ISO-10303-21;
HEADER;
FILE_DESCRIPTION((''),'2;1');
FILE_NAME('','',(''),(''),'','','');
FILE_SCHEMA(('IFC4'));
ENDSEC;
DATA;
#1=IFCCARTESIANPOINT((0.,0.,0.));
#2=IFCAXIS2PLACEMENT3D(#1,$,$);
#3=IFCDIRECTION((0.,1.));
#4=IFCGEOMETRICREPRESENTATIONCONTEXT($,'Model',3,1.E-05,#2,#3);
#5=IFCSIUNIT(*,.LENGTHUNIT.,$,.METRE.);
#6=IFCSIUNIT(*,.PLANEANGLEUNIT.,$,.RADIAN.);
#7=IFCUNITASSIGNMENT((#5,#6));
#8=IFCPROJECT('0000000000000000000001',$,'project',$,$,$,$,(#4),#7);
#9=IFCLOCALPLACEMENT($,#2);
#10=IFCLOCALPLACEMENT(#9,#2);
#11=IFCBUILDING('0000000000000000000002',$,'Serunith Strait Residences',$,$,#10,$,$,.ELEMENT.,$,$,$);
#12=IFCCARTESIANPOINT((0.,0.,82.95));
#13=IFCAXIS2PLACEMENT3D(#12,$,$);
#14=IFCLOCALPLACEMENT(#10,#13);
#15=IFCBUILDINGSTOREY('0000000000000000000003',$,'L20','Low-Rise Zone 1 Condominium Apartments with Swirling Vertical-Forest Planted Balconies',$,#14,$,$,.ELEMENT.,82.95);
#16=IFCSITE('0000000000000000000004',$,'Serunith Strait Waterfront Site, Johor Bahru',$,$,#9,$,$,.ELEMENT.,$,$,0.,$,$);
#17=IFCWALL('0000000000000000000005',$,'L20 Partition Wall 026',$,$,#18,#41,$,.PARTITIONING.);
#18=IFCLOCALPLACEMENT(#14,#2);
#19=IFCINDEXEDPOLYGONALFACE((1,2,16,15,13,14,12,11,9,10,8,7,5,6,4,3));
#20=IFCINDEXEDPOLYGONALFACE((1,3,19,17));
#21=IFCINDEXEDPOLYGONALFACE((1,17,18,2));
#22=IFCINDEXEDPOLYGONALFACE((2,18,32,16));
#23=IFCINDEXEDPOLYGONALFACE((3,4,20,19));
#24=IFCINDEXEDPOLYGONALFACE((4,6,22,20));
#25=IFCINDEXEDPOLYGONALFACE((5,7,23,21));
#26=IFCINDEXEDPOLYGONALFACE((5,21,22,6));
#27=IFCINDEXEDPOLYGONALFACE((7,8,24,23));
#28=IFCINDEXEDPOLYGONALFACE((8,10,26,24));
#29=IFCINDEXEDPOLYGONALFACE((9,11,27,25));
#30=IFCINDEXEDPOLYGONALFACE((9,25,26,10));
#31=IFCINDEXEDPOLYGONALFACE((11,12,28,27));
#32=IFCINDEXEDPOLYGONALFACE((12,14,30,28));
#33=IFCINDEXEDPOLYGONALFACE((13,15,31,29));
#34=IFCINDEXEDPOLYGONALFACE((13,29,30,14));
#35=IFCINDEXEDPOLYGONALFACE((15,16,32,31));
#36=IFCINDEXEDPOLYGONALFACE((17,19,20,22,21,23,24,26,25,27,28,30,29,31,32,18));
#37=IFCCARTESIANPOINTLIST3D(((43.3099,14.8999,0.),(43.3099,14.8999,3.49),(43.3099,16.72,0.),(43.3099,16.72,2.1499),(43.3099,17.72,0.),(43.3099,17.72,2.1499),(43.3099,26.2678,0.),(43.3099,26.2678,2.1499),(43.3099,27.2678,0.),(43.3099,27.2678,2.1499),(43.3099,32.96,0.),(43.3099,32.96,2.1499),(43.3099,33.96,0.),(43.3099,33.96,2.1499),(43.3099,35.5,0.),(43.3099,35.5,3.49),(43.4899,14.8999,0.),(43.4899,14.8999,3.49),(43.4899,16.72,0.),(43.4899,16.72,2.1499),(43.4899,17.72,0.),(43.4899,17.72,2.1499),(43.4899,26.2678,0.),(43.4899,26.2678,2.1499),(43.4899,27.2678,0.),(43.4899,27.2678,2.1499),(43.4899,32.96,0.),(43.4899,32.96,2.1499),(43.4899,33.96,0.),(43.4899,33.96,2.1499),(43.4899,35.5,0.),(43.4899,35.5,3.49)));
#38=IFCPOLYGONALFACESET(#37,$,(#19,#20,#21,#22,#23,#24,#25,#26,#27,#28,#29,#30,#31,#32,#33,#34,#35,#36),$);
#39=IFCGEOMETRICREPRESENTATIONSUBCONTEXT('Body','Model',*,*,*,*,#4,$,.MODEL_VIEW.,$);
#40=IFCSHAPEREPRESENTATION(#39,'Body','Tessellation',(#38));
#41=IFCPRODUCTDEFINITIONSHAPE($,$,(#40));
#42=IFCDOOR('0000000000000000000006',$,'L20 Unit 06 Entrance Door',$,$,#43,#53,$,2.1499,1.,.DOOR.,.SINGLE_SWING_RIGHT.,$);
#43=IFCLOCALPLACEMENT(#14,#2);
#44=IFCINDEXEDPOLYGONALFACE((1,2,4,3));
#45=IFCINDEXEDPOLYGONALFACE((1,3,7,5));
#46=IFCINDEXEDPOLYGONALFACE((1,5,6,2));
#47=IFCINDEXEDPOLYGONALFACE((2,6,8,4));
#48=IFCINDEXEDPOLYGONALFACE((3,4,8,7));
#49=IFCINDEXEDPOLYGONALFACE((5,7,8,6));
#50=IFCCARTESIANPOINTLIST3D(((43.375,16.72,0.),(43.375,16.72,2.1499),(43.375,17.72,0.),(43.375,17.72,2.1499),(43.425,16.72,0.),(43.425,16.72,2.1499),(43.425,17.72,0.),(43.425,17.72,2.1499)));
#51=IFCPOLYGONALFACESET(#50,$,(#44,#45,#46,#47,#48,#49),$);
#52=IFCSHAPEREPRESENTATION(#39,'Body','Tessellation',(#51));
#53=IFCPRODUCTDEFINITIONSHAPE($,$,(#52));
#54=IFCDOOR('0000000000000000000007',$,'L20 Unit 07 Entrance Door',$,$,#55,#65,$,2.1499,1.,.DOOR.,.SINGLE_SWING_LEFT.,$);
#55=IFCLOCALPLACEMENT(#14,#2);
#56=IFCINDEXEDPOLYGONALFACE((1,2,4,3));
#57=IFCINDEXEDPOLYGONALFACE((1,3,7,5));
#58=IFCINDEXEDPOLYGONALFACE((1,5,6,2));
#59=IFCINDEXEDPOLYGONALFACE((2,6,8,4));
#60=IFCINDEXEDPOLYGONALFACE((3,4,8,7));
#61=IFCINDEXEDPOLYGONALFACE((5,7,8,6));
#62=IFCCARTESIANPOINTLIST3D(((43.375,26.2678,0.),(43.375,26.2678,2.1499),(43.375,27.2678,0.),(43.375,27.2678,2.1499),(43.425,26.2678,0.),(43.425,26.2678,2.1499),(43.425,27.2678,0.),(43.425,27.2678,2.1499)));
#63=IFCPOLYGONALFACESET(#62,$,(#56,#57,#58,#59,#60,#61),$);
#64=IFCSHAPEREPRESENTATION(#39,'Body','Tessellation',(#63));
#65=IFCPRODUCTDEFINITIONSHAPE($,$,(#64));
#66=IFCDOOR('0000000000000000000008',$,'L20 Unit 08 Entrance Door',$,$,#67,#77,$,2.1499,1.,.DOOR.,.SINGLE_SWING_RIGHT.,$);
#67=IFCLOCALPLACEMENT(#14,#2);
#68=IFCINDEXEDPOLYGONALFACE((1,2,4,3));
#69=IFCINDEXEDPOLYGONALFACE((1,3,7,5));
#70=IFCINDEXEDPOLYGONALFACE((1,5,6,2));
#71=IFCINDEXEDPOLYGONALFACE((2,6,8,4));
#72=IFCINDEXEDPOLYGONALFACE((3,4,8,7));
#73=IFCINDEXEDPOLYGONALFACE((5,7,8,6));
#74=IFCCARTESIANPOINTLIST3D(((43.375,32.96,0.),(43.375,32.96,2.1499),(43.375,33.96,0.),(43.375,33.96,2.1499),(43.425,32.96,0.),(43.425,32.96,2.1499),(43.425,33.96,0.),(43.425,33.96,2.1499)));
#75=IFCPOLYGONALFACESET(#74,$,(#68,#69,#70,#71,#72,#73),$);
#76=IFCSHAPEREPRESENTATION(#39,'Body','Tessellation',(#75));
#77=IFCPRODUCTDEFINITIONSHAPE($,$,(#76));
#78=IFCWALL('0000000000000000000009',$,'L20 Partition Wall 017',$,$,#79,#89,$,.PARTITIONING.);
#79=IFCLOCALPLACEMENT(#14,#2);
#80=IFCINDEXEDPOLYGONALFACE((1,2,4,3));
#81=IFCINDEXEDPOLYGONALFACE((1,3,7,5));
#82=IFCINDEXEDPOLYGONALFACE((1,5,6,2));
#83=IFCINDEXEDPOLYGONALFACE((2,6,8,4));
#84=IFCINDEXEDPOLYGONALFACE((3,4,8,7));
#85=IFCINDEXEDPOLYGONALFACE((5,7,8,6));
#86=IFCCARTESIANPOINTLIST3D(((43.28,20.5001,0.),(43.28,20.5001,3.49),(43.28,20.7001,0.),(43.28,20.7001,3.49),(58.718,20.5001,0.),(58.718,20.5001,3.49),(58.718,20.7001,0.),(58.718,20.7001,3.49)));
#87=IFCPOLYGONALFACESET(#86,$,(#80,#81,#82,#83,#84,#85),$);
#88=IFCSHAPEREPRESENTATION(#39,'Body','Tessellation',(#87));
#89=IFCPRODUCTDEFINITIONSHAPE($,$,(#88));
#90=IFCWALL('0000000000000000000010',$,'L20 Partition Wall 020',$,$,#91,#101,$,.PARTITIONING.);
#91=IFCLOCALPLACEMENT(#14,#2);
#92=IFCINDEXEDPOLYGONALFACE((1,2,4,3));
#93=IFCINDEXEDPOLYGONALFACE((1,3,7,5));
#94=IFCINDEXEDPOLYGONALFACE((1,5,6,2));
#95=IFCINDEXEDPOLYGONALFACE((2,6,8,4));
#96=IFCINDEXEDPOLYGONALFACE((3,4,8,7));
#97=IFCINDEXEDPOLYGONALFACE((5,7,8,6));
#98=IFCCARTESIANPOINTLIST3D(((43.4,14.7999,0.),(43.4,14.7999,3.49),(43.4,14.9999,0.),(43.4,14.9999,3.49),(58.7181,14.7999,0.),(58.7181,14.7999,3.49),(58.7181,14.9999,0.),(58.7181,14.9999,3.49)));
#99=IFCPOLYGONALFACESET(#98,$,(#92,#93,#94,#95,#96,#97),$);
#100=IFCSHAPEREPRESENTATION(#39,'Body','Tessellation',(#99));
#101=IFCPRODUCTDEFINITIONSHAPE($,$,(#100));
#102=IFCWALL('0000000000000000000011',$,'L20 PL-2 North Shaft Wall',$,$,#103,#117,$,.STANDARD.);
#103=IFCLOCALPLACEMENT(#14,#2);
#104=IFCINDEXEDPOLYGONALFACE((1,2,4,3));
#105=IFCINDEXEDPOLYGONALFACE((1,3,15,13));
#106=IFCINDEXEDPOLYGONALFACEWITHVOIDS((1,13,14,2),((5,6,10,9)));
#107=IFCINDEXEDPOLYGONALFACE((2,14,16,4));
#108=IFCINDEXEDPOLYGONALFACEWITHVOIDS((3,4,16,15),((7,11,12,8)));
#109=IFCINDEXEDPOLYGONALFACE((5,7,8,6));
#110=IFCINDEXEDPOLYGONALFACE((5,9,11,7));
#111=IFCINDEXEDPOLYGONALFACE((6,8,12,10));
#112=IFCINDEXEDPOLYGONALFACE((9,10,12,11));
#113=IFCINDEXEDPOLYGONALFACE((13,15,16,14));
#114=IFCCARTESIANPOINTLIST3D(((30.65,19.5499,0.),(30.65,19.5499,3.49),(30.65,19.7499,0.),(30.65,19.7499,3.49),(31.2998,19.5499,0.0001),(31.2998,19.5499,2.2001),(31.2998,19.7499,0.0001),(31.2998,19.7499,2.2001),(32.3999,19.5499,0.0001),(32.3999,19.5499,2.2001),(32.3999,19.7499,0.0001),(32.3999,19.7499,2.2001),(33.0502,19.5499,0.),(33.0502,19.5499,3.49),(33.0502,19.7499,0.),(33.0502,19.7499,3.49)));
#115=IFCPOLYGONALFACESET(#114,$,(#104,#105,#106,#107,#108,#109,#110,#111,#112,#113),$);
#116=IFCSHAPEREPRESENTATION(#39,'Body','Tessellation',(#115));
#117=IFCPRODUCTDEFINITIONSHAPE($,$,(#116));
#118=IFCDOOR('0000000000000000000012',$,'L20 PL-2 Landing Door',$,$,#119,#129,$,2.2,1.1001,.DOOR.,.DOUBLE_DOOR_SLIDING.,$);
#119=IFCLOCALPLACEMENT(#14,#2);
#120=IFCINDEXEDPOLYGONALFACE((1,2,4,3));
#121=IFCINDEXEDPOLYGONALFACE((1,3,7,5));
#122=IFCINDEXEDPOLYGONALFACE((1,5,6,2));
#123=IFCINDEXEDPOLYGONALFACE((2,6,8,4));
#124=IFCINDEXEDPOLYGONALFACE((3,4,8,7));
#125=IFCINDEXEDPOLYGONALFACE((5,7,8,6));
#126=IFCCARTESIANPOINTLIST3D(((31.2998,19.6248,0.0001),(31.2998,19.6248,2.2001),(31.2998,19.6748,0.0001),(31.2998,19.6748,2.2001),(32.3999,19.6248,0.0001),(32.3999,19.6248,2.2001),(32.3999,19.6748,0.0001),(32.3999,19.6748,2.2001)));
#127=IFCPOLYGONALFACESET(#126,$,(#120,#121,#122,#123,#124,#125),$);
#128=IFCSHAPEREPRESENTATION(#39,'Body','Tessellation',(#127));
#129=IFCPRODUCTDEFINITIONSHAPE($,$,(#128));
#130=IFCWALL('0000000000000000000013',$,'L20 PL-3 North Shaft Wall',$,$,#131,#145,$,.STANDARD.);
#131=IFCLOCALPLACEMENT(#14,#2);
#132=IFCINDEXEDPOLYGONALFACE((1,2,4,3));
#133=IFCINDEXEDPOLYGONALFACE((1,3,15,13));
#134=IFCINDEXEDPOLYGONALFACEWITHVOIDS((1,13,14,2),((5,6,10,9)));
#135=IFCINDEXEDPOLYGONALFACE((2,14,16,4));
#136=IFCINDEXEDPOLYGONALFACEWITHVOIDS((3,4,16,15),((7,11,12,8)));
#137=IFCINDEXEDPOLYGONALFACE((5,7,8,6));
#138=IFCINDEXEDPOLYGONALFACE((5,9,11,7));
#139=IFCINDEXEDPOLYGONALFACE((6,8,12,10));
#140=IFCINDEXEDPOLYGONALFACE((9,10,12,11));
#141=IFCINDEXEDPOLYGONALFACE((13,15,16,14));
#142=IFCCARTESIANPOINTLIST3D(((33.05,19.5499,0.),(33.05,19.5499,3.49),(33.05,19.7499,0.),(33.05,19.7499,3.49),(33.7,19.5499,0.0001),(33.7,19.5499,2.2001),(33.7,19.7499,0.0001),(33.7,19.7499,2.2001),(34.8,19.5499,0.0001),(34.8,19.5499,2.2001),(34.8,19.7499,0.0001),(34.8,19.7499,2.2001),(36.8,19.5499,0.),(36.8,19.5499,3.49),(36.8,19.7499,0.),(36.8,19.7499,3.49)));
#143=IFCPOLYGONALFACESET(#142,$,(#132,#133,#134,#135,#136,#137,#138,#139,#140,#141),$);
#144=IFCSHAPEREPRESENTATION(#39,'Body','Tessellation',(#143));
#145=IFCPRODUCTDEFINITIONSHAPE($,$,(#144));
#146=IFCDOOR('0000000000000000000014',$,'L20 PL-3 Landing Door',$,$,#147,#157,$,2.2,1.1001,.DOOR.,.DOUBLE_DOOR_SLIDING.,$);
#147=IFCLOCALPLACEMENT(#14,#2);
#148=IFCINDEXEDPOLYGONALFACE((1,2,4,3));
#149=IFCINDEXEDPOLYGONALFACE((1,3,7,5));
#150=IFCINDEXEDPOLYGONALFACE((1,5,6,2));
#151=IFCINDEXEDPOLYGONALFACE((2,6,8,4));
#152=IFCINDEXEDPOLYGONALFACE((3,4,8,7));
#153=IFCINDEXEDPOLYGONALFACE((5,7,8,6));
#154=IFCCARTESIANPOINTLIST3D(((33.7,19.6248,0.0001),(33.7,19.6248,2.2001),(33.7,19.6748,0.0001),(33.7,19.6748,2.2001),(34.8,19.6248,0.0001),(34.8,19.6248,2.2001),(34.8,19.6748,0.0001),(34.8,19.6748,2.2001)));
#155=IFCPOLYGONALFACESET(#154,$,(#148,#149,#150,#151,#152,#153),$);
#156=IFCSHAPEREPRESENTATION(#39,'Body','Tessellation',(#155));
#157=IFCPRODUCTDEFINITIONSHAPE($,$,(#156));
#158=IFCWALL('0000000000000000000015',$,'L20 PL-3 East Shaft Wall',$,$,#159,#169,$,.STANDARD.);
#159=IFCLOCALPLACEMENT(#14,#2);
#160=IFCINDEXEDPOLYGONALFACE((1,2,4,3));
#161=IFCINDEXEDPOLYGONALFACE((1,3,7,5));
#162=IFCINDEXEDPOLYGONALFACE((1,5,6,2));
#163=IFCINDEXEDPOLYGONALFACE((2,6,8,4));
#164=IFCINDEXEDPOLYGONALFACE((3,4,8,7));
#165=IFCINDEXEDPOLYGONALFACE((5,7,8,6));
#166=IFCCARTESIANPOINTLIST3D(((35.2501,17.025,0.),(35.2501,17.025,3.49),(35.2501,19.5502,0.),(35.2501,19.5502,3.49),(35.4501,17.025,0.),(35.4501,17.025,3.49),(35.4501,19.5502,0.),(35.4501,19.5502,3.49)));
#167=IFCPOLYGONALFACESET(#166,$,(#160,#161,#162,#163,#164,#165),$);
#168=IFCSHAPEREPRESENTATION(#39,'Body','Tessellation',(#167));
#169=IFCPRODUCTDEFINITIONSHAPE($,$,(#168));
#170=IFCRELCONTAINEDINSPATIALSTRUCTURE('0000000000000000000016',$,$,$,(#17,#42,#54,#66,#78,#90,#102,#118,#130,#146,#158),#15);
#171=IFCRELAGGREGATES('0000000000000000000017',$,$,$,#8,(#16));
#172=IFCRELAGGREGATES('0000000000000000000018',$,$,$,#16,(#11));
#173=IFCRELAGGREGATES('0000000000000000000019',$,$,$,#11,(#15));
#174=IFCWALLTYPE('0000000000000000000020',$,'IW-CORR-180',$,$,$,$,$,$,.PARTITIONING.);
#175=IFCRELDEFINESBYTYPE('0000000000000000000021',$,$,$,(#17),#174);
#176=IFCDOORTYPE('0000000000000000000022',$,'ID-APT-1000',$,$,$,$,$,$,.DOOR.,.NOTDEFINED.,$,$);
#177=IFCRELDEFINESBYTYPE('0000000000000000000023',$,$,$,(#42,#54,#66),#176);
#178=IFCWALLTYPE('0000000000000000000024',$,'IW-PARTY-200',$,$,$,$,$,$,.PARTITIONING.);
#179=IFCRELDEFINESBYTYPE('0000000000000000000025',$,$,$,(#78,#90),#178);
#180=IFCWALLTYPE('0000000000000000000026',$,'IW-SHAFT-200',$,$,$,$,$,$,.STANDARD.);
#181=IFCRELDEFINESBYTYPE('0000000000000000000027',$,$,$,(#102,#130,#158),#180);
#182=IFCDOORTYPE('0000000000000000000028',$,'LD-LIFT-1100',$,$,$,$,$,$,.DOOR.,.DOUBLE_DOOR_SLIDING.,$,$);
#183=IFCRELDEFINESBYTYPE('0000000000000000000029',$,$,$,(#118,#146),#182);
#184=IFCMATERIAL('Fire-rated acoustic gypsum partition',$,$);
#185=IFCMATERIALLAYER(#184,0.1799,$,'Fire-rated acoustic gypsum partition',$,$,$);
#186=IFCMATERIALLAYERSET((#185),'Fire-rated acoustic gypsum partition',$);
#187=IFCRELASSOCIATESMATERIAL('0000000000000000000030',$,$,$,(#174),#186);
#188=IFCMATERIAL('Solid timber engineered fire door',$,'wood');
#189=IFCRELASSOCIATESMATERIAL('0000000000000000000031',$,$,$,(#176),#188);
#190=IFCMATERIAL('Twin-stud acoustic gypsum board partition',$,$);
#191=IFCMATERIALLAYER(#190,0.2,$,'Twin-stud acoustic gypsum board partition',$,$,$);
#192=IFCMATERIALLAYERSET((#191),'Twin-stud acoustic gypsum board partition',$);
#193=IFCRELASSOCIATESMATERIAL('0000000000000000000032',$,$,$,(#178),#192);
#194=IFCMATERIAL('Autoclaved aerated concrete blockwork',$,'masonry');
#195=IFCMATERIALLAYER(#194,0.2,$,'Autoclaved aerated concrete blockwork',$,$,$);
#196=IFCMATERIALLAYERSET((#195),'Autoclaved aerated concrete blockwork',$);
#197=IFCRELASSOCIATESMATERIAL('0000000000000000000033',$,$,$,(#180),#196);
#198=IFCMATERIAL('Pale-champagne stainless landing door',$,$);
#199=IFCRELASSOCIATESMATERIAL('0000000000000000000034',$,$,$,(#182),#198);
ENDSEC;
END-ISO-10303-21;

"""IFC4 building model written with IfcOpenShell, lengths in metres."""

from ifc_helpers import new_model, si_unit, direction, frame, frame_2d, origin, place, context, subcontext, project, spatial, rectangle, extrude, source, transform, mapped, material, layer, layer_set, type_object, element, fill, save


model = new_model("IFC4")

# Units and contexts
model_context = context("Model", 3, precision=1e-05, world=origin(), true_north=direction((0.0, 1.0)))
body_context = subcontext(model_context, "Body", "Model", "MODEL_VIEW")
ifc_project = project(units=[si_unit("LENGTHUNIT", "METRE"), si_unit("PLANEANGLEUNIT", "RADIAN")], contexts=[model_context])

# Site, building, storey
site_placement = place(None, origin())
site = spatial("IfcSite", under=ifc_project, at=site_placement, Name="Serunith Strait Waterfront Site, Johor Bahru", CompositionType="ELEMENT", RefElevation=0.0)
building_placement = place(site_placement, origin())
building = spatial("IfcBuilding", under=site, at=building_placement, Name="Serunith Strait Residences", CompositionType="ELEMENT")
storey_placement = place(building_placement, frame((0.0, 0.0, 82.95)))
storey = spatial("IfcBuildingStorey", under=building, at=storey_placement, Name="L20", Description="Low-Rise Zone 1 Condominium Apartments with Swirling Vertical-Forest Planted Balconies", CompositionType="ELEMENT", Elevation=82.95)

# Wall, openings, doors
ifc_material_1 = material(Name="Fire-rated acoustic gypsum partition")
ifc_layer_1 = layer(ifc_material_1, 0.1799, Name="Fire-rated acoustic gypsum partition")
ifc_layer_set_1 = layer_set([ifc_layer_1], Name="Fire-rated acoustic gypsum partition")
wall_type_1 = type_object("IfcWallType", Name="IW-CORR-180", PredefinedType="PARTITIONING", material=ifc_layer_set_1)
wall_1_placement = place(storey_placement, frame((43.3999, 14.8999, 0.0), z_axis=(0.0, 0.0, 1.0), x_axis=(0.0, 1.0, 0.0)))
wall_1 = element("IfcWall", 1, at=wall_1_placement, inside=storey, type_object=wall_type_1, Name="L20 Partition Wall 026", PredefinedType="PARTITIONING", context=body_context, shape_type="SweptSolid", body=[
    extrude(rectangle(XDim=20.6001, YDim=0.1799, at=frame_2d((10.3, 0.0))), origin(), (0.0, 0.0, 1.0), 3.49),
])
opening_1_placement = place(wall_1_placement, frame((1.8201, 0.0, 0.0)))
opening_1 = element("IfcOpeningElement", 2, at=opening_1_placement, cuts=wall_1, PredefinedType="OPENING", context=body_context, shape_type="SweptSolid", body=[
    extrude(rectangle(XDim=1.0, YDim=2.1499, at=frame_2d((0.5, 1.075))), frame((0.0, 0.1001, 0.0), z_axis=(0.0, -1.0, 0.0), x_axis=(1.0, 0.0, 0.0)), (0.0, 0.0, 1.0), 0.2),
])
opening_2_placement = place(wall_1_placement, frame((11.3679, 0.0, 0.0)))
opening_2 = element("IfcOpeningElement", 3, at=opening_2_placement, cuts=wall_1, PredefinedType="OPENING", context=body_context, shape_type="SweptSolid", body=[
    extrude(rectangle(XDim=1.0, YDim=2.1499, at=frame_2d((0.5, 1.075))), frame((0.0, 0.1001, 0.0), z_axis=(0.0, -1.0, 0.0), x_axis=(1.0, 0.0, 0.0)), (0.0, 0.0, 1.0), 0.2),
])
opening_3_placement = place(wall_1_placement, frame((18.0601, 0.0, 0.0)))
opening_3 = element("IfcOpeningElement", 4, at=opening_3_placement, cuts=wall_1, PredefinedType="OPENING", context=body_context, shape_type="SweptSolid", body=[
    extrude(rectangle(XDim=1.0, YDim=2.1499, at=frame_2d((0.5, 1.075))), frame((0.0, 0.1001, 0.0), z_axis=(0.0, -1.0, 0.0), x_axis=(1.0, 0.0, 0.0)), (0.0, 0.0, 1.0), 0.2),
])
ifc_material_2 = material(Name="Solid timber engineered fire door", Category="wood")
door_type_1 = type_object("IfcDoorType", Name="ID-APT-1000", OperationType="NOTDEFINED", PredefinedType="DOOR", material=ifc_material_2)
shared_shape_1 = source(origin(), body_context, "Body", "SweptSolid", [
    extrude(rectangle(XDim=1.0, YDim=2.1499, at=frame_2d((0.5, 1.075))), frame((0.0, 0.0249, 0.0), z_axis=(0.0, -1.0, 0.0), x_axis=(1.0, 0.0, 0.0)), (0.0, 0.0, 1.0), 0.05),
])
door_1_placement = place(opening_1_placement, origin())
door_1 = element("IfcDoor", 5, at=door_1_placement, inside=storey, type_object=door_type_1, Name="L20 Unit 06 Entrance Door", OperationType="SINGLE_SWING_RIGHT", OverallHeight=2.1499, OverallWidth=1.0, PredefinedType="DOOR", context=body_context, shape_type="MappedRepresentation", body=[
    mapped(shared_shape_1, transform((0.0, 0.0, 0.0), scale=1.0)),
])
fill(opening_1, door_1)
door_2_placement = place(opening_2_placement, origin())
door_2 = element("IfcDoor", 6, at=door_2_placement, inside=storey, type_object=door_type_1, Name="L20 Unit 07 Entrance Door", OperationType="SINGLE_SWING_LEFT", OverallHeight=2.1499, OverallWidth=1.0, PredefinedType="DOOR", context=body_context, shape_type="MappedRepresentation", body=[
    mapped(shared_shape_1, transform((0.0, 0.0, 0.0), scale=1.0)),
])
fill(opening_2, door_2)
door_3_placement = place(opening_3_placement, origin())
door_3 = element("IfcDoor", 7, at=door_3_placement, inside=storey, type_object=door_type_1, Name="L20 Unit 08 Entrance Door", OperationType="SINGLE_SWING_RIGHT", OverallHeight=2.1499, OverallWidth=1.0, PredefinedType="DOOR", context=body_context, shape_type="MappedRepresentation", body=[
    mapped(shared_shape_1, transform((0.0, 0.0, 0.0), scale=1.0)),
])
fill(opening_3, door_3)

# Walls
ifc_material_3 = material(Name="Twin-stud acoustic gypsum board partition")
ifc_layer_2 = layer(ifc_material_3, 0.2, Name="Twin-stud acoustic gypsum board partition")
ifc_layer_set_2 = layer_set([ifc_layer_2], Name="Twin-stud acoustic gypsum board partition")
wall_type_2 = type_object("IfcWallType", Name="IW-PARTY-200", PredefinedType="PARTITIONING", material=ifc_layer_set_2)
wall_2_placement = place(storey_placement, frame((43.28, 20.6001, 0.0), z_axis=(0.0, 0.0, 1.0), x_axis=(1.0, 0.0, 0.0)))
element("IfcWall", 8, at=wall_2_placement, inside=storey, type_object=wall_type_2, Name="L20 Partition Wall 017", PredefinedType="PARTITIONING", context=body_context, shape_type="SweptSolid", body=[
    extrude(rectangle(XDim=15.438, YDim=0.2, at=frame_2d((7.719, 0.0))), origin(), (0.0, 0.0, 1.0), 3.49),
])
wall_3_placement = place(storey_placement, frame((43.3999, 14.8999, 0.0), z_axis=(0.0, 0.0, 1.0), x_axis=(1.0, 0.0, 0.0)))
element("IfcWall", 9, at=wall_3_placement, inside=storey, type_object=wall_type_2, Name="L20 Partition Wall 020", PredefinedType="PARTITIONING", context=body_context, shape_type="SweptSolid", body=[
    extrude(rectangle(XDim=15.3181, YDim=0.2, at=frame_2d((7.6592, 0.0))), origin(), (0.0, 0.0, 1.0), 3.49),
])

# Walls, openings, doors
ifc_material_4 = material(Name="Autoclaved aerated concrete blockwork", Category="masonry")
ifc_layer_3 = layer(ifc_material_4, 0.2, Name="Autoclaved aerated concrete blockwork")
ifc_layer_set_3 = layer_set([ifc_layer_3], Name="Autoclaved aerated concrete blockwork")
wall_type_3 = type_object("IfcWallType", Name="IW-SHAFT-200", PredefinedType="STANDARD", material=ifc_layer_set_3)
wall_4_placement = place(storey_placement, frame((30.6499, 19.6499, 0.0), z_axis=(0.0, 0.0, 1.0), x_axis=(1.0, 0.0, 0.0)))
wall_4 = element("IfcWall", 10, at=wall_4_placement, inside=storey, type_object=wall_type_3, Name="L20 PL-2 North Shaft Wall", PredefinedType="STANDARD", context=body_context, shape_type="SweptSolid", body=[
    extrude(rectangle(XDim=2.4001, YDim=0.2, at=frame_2d((1.2002, 0.0))), origin(), (0.0, 0.0, 1.0), 3.49),
])
opening_4_placement = place(wall_4_placement, frame((0.6499, 0.0, 0.0)))
opening_4 = element("IfcOpeningElement", 11, at=opening_4_placement, cuts=wall_4, PredefinedType="OPENING", context=body_context, shape_type="SweptSolid", body=[
    extrude(rectangle(XDim=1.1001, YDim=2.2, at=frame_2d((0.55, 1.1001))), frame((0.0, 0.1099, 0.0), z_axis=(0.0, -1.0, 0.0), x_axis=(1.0, 0.0, 0.0)), (0.0, 0.0, 1.0), 0.22),
])
ifc_material_5 = material(Name="Pale-champagne stainless landing door")
door_type_2 = type_object("IfcDoorType", Name="LD-LIFT-1100", OperationType="DOUBLE_DOOR_SLIDING", PredefinedType="DOOR", material=ifc_material_5)
shared_shape_2 = source(origin(), body_context, "Body", "SweptSolid", [
    extrude(rectangle(XDim=1.1001, YDim=2.2, at=frame_2d((0.55, 1.1001))), frame((0.0, 0.0249, 0.0), z_axis=(0.0, -1.0, 0.0), x_axis=(1.0, 0.0, 0.0)), (0.0, 0.0, 1.0), 0.05),
])
door_4_placement = place(opening_4_placement, origin())
door_4 = element("IfcDoor", 12, at=door_4_placement, inside=storey, type_object=door_type_2, Name="L20 PL-2 Landing Door", OperationType="DOUBLE_DOOR_SLIDING", OverallHeight=2.2, OverallWidth=1.1001, PredefinedType="DOOR", context=body_context, shape_type="MappedRepresentation", body=[
    mapped(shared_shape_2, transform((0.0, 0.0, 0.0), scale=1.0)),
])
fill(opening_4, door_4)
wall_5_placement = place(storey_placement, frame((33.05, 19.6499, 0.0), z_axis=(0.0, 0.0, 1.0), x_axis=(1.0, 0.0, 0.0)))
wall_5 = element("IfcWall", 13, at=wall_5_placement, inside=storey, type_object=wall_type_3, Name="L20 PL-3 North Shaft Wall", PredefinedType="STANDARD", context=body_context, shape_type="SweptSolid", body=[
    extrude(rectangle(XDim=3.75, YDim=0.2, at=frame_2d((1.875, 0.0))), origin(), (0.0, 0.0, 1.0), 3.49),
])
opening_5_placement = place(wall_5_placement, frame((0.6499, 0.0, 0.0)))
opening_5 = element("IfcOpeningElement", 14, at=opening_5_placement, cuts=wall_5, PredefinedType="OPENING", context=body_context, shape_type="SweptSolid", body=[
    extrude(rectangle(XDim=1.1001, YDim=2.2, at=frame_2d((0.55, 1.1001))), frame((0.0, 0.1099, 0.0), z_axis=(0.0, -1.0, 0.0), x_axis=(1.0, 0.0, 0.0)), (0.0, 0.0, 1.0), 0.22),
])
door_5_placement = place(opening_5_placement, origin())
door_5 = element("IfcDoor", 15, at=door_5_placement, inside=storey, type_object=door_type_2, Name="L20 PL-3 Landing Door", OperationType="DOUBLE_DOOR_SLIDING", OverallHeight=2.2, OverallWidth=1.1001, PredefinedType="DOOR", context=body_context, shape_type="MappedRepresentation", body=[
    mapped(shared_shape_2, transform((0.0, 0.0, 0.0), scale=1.0)),
])
fill(opening_5, door_5)

# Wall
wall_6_placement = place(storey_placement, frame((35.3501, 17.0249, 0.0), z_axis=(0.0, 0.0, 1.0), x_axis=(0.0, 1.0, 0.0)))
element("IfcWall", 16, at=wall_6_placement, inside=storey, type_object=wall_type_3, Name="L20 PL-3 East Shaft Wall", PredefinedType="STANDARD", context=body_context, shape_type="SweptSolid", body=[
    extrude(rectangle(XDim=2.5251, YDim=0.2, at=frame_2d((1.2627, 0.0))), origin(), (0.0, 0.0, 1.0), 3.49),
])

save(model, "model.ifc")
